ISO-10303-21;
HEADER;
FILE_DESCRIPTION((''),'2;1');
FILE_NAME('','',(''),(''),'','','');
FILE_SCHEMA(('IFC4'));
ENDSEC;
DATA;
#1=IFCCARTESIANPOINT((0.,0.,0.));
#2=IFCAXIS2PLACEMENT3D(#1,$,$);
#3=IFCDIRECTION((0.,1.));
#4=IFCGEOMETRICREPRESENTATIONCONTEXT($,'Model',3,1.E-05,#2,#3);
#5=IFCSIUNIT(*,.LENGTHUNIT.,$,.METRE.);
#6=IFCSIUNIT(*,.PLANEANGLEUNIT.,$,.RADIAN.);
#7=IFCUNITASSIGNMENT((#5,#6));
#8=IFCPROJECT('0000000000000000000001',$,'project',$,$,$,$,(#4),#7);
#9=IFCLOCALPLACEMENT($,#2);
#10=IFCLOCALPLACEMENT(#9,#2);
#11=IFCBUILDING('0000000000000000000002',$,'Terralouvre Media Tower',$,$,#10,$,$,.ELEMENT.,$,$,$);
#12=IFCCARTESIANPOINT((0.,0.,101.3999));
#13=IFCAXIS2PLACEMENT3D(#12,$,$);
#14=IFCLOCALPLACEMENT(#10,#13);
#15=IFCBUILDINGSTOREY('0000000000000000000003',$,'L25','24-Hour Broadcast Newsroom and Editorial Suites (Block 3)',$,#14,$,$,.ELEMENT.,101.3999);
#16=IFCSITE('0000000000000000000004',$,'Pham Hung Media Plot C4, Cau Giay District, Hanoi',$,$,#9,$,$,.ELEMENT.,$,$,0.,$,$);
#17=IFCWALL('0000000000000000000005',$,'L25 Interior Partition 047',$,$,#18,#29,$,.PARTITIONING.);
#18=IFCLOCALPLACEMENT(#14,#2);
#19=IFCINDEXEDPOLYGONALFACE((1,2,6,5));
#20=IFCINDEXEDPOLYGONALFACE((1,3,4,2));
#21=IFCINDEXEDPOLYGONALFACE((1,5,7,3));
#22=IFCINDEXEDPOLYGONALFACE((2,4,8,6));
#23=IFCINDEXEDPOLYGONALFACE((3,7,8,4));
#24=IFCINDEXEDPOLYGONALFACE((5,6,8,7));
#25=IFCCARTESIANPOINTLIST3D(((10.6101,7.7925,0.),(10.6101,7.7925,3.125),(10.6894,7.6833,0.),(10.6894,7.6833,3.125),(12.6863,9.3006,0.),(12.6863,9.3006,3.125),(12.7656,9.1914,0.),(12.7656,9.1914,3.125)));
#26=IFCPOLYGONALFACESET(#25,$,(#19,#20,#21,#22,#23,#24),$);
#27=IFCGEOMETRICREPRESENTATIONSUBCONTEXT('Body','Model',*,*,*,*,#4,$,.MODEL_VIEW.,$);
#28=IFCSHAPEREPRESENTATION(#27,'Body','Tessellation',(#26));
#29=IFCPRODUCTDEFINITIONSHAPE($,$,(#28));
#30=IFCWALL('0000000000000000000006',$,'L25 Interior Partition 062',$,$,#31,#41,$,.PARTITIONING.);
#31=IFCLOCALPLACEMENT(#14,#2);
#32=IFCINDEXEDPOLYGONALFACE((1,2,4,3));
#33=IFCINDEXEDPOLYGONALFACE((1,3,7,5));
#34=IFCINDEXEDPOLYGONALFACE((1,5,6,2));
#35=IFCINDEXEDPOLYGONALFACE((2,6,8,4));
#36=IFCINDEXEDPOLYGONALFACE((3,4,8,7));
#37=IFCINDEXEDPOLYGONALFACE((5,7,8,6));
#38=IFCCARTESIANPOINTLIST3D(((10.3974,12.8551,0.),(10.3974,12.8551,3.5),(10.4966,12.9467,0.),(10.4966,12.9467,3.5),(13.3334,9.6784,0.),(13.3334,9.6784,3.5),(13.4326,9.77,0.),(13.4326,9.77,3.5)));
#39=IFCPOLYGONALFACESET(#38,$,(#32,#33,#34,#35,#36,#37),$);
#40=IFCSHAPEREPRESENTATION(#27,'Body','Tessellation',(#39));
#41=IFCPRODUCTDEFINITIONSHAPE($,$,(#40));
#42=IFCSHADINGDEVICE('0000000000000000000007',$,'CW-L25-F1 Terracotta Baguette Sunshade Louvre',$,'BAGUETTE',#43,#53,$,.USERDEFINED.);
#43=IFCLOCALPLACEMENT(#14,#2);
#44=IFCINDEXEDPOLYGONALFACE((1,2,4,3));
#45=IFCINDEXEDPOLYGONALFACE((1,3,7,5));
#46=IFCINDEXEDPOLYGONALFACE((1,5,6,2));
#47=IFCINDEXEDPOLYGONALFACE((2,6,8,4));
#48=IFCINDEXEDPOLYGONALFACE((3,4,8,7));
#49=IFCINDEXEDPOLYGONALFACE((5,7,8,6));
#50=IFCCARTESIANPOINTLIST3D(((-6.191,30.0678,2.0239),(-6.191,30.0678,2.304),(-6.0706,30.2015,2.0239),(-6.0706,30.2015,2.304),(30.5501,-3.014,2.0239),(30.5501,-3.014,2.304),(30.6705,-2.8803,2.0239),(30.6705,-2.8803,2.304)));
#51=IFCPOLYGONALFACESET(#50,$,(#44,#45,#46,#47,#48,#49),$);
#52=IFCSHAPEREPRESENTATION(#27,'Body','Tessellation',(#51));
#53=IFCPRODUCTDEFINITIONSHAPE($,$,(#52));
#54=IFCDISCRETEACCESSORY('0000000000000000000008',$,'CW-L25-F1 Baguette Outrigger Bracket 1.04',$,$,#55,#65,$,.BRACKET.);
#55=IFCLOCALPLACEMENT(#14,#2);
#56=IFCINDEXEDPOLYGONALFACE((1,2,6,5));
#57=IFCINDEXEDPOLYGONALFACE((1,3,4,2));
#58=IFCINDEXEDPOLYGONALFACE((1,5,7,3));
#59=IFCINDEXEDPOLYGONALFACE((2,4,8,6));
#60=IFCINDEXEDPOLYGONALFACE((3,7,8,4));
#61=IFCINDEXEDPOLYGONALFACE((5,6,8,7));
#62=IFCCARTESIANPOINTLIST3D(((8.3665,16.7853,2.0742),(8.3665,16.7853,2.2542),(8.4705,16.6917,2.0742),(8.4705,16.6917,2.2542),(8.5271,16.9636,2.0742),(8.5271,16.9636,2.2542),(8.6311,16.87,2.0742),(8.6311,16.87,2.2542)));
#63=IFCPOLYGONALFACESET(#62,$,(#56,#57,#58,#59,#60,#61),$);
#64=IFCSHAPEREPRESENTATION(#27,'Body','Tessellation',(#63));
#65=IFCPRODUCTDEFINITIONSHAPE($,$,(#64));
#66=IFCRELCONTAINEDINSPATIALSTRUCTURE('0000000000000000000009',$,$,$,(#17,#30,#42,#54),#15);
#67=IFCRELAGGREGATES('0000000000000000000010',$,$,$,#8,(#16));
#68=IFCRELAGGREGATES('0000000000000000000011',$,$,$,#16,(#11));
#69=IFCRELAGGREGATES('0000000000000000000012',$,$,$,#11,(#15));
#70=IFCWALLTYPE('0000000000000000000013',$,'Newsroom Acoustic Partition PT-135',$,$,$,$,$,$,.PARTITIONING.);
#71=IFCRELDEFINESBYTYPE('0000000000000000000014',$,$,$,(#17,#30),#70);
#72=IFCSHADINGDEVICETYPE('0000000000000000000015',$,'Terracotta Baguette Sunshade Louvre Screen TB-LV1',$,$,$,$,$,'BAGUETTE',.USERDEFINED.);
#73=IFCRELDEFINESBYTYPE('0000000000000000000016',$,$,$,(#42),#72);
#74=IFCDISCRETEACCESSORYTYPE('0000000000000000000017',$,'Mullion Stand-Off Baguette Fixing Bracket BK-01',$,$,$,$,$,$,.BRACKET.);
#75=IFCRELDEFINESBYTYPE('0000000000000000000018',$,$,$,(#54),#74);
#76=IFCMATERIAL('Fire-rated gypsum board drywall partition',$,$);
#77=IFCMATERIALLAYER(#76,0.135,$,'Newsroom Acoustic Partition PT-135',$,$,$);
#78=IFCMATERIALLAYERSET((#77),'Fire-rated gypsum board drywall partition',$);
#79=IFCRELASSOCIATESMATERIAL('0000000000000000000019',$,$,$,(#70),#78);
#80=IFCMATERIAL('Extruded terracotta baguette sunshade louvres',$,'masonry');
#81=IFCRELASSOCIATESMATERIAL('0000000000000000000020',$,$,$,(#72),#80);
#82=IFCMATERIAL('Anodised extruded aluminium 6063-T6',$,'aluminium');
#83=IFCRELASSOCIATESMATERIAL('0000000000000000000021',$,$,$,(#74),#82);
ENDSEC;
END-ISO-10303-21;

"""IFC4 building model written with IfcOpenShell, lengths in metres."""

from ifc_helpers import new_model, si_unit, direction, frame, frame_2d, origin, origin_2d, place, context, subcontext, project, spatial, rectangle, extrude, material, layer, layer_set, type_object, element, save


model = new_model("IFC4")

# Units and contexts
model_context = context("Model", 3, precision=1e-05, world=origin(), true_north=direction((0.0, 1.0)))
body_context = subcontext(model_context, "Body", "Model", "MODEL_VIEW")
ifc_project = project(units=[si_unit("LENGTHUNIT", "METRE"), si_unit("PLANEANGLEUNIT", "RADIAN")], contexts=[model_context])

# Site, building, storey
site_placement = place(None, origin())
site = spatial("IfcSite", under=ifc_project, at=site_placement, Name="Pham Hung Media Plot C4, Cau Giay District, Hanoi", CompositionType="ELEMENT", RefElevation=0.0)
building_placement = place(site_placement, origin())
building = spatial("IfcBuilding", under=site, at=building_placement, Name="Terralouvre Media Tower", CompositionType="ELEMENT")
storey_placement = place(building_placement, frame((0.0, 0.0, 101.3999)))
storey = spatial("IfcBuildingStorey", under=building, at=storey_placement, Name="L25", Description="24-Hour Broadcast Newsroom and Editorial Suites (Block 3)", CompositionType="ELEMENT", Elevation=101.3999)

# Shared definitions
ifc_material_1 = material(Name="Fire-rated gypsum board drywall partition")
ifc_layer_1 = layer(ifc_material_1, 0.135, Name="Newsroom Acoustic Partition PT-135")
ifc_layer_set_1 = layer_set([ifc_layer_1], Name="Fire-rated gypsum board drywall partition")
wall_type = type_object("IfcWallType", Name="Newsroom Acoustic Partition PT-135", PredefinedType="PARTITIONING", material=ifc_layer_set_1)

# Walls
wall_1_placement = place(storey_placement, frame((12.7261, 9.2461, 0.0), z_axis=(0.0, 0.0, 1.0), x_axis=(-0.809086, -0.587691, 0.0)))
element("IfcWall", 1, at=wall_1_placement, inside=storey, type_object=wall_type, Name="L25 Interior Partition 047", PredefinedType="PARTITIONING", context=body_context, shape_type="SweptSolid", body=[
    extrude(rectangle(XDim=2.5662, YDim=0.135, at=frame_2d((1.2832, 0.0))), origin(), (0.0, 0.0, 1.0), 3.125),
])
wall_2_placement = place(storey_placement, frame((10.447, 12.9009, 0.0), z_axis=(0.0, 0.0, 1.0), x_axis=(0.678735, -0.734384, 0.0)))
element("IfcWall", 2, at=wall_2_placement, inside=storey, type_object=wall_type, Name="L25 Interior Partition 062", PredefinedType="PARTITIONING", context=body_context, shape_type="SweptSolid", body=[
    extrude(rectangle(XDim=4.3257, YDim=0.135, at=frame_2d((2.1628, 0.0))), origin(), (0.0, 0.0, 1.0), 3.5),
])

# Shading device
ifc_material_2 = material(Name="Extruded terracotta baguette sunshade louvres", Category="masonry")
shading_device_type = type_object("IfcShadingDeviceType", Name="Terracotta Baguette Sunshade Louvre Screen TB-LV1", ElementType="BAGUETTE", PredefinedType="USERDEFINED", material=ifc_material_2)
shading_device_placement = place(storey_placement, frame((12.2397, 13.5938, 2.0239), z_axis=(0.0, 0.0, 1.0), x_axis=(-0.743145, 0.669131, 0.0)))
element("IfcShadingDevice", 3, at=shading_device_placement, inside=storey, type_object=shading_device_type, Name="CW-L25-F1 Terracotta Baguette Sunshade Louvre", ObjectType="BAGUETTE", PredefinedType="USERDEFINED", context=body_context, shape_type="SweptSolid", body=[
    extrude(rectangle(XDim=49.4399, YDim=0.1799, at=origin_2d()), origin(), (0.0, 0.0, 1.0), 0.28),
])

# Discrete accessory
ifc_material_3 = material(Name="Anodised extruded aluminium 6063-T6", Category="aluminium")
discrete_accessory_type = type_object("IfcDiscreteAccessoryType", Name="Mullion Stand-Off Baguette Fixing Bracket BK-01", PredefinedType="BRACKET", material=ifc_material_3)
discrete_accessory_placement = place(storey_placement, frame((8.4988, 16.8276, 2.0742), z_axis=(0.0, 0.0, 1.0), x_axis=(-0.743145, 0.669131, 0.0)))
element("IfcDiscreteAccessory", 4, at=discrete_accessory_placement, inside=storey, type_object=discrete_accessory_type, Name="CW-L25-F1 Baguette Outrigger Bracket 1.04", PredefinedType="BRACKET", context=body_context, shape_type="SweptSolid", body=[
    extrude(rectangle(XDim=0.1399, YDim=0.24, at=origin_2d()), origin(), (0.0, 0.0, 1.0), 0.1799),
])

save(model, "model.ifc")
